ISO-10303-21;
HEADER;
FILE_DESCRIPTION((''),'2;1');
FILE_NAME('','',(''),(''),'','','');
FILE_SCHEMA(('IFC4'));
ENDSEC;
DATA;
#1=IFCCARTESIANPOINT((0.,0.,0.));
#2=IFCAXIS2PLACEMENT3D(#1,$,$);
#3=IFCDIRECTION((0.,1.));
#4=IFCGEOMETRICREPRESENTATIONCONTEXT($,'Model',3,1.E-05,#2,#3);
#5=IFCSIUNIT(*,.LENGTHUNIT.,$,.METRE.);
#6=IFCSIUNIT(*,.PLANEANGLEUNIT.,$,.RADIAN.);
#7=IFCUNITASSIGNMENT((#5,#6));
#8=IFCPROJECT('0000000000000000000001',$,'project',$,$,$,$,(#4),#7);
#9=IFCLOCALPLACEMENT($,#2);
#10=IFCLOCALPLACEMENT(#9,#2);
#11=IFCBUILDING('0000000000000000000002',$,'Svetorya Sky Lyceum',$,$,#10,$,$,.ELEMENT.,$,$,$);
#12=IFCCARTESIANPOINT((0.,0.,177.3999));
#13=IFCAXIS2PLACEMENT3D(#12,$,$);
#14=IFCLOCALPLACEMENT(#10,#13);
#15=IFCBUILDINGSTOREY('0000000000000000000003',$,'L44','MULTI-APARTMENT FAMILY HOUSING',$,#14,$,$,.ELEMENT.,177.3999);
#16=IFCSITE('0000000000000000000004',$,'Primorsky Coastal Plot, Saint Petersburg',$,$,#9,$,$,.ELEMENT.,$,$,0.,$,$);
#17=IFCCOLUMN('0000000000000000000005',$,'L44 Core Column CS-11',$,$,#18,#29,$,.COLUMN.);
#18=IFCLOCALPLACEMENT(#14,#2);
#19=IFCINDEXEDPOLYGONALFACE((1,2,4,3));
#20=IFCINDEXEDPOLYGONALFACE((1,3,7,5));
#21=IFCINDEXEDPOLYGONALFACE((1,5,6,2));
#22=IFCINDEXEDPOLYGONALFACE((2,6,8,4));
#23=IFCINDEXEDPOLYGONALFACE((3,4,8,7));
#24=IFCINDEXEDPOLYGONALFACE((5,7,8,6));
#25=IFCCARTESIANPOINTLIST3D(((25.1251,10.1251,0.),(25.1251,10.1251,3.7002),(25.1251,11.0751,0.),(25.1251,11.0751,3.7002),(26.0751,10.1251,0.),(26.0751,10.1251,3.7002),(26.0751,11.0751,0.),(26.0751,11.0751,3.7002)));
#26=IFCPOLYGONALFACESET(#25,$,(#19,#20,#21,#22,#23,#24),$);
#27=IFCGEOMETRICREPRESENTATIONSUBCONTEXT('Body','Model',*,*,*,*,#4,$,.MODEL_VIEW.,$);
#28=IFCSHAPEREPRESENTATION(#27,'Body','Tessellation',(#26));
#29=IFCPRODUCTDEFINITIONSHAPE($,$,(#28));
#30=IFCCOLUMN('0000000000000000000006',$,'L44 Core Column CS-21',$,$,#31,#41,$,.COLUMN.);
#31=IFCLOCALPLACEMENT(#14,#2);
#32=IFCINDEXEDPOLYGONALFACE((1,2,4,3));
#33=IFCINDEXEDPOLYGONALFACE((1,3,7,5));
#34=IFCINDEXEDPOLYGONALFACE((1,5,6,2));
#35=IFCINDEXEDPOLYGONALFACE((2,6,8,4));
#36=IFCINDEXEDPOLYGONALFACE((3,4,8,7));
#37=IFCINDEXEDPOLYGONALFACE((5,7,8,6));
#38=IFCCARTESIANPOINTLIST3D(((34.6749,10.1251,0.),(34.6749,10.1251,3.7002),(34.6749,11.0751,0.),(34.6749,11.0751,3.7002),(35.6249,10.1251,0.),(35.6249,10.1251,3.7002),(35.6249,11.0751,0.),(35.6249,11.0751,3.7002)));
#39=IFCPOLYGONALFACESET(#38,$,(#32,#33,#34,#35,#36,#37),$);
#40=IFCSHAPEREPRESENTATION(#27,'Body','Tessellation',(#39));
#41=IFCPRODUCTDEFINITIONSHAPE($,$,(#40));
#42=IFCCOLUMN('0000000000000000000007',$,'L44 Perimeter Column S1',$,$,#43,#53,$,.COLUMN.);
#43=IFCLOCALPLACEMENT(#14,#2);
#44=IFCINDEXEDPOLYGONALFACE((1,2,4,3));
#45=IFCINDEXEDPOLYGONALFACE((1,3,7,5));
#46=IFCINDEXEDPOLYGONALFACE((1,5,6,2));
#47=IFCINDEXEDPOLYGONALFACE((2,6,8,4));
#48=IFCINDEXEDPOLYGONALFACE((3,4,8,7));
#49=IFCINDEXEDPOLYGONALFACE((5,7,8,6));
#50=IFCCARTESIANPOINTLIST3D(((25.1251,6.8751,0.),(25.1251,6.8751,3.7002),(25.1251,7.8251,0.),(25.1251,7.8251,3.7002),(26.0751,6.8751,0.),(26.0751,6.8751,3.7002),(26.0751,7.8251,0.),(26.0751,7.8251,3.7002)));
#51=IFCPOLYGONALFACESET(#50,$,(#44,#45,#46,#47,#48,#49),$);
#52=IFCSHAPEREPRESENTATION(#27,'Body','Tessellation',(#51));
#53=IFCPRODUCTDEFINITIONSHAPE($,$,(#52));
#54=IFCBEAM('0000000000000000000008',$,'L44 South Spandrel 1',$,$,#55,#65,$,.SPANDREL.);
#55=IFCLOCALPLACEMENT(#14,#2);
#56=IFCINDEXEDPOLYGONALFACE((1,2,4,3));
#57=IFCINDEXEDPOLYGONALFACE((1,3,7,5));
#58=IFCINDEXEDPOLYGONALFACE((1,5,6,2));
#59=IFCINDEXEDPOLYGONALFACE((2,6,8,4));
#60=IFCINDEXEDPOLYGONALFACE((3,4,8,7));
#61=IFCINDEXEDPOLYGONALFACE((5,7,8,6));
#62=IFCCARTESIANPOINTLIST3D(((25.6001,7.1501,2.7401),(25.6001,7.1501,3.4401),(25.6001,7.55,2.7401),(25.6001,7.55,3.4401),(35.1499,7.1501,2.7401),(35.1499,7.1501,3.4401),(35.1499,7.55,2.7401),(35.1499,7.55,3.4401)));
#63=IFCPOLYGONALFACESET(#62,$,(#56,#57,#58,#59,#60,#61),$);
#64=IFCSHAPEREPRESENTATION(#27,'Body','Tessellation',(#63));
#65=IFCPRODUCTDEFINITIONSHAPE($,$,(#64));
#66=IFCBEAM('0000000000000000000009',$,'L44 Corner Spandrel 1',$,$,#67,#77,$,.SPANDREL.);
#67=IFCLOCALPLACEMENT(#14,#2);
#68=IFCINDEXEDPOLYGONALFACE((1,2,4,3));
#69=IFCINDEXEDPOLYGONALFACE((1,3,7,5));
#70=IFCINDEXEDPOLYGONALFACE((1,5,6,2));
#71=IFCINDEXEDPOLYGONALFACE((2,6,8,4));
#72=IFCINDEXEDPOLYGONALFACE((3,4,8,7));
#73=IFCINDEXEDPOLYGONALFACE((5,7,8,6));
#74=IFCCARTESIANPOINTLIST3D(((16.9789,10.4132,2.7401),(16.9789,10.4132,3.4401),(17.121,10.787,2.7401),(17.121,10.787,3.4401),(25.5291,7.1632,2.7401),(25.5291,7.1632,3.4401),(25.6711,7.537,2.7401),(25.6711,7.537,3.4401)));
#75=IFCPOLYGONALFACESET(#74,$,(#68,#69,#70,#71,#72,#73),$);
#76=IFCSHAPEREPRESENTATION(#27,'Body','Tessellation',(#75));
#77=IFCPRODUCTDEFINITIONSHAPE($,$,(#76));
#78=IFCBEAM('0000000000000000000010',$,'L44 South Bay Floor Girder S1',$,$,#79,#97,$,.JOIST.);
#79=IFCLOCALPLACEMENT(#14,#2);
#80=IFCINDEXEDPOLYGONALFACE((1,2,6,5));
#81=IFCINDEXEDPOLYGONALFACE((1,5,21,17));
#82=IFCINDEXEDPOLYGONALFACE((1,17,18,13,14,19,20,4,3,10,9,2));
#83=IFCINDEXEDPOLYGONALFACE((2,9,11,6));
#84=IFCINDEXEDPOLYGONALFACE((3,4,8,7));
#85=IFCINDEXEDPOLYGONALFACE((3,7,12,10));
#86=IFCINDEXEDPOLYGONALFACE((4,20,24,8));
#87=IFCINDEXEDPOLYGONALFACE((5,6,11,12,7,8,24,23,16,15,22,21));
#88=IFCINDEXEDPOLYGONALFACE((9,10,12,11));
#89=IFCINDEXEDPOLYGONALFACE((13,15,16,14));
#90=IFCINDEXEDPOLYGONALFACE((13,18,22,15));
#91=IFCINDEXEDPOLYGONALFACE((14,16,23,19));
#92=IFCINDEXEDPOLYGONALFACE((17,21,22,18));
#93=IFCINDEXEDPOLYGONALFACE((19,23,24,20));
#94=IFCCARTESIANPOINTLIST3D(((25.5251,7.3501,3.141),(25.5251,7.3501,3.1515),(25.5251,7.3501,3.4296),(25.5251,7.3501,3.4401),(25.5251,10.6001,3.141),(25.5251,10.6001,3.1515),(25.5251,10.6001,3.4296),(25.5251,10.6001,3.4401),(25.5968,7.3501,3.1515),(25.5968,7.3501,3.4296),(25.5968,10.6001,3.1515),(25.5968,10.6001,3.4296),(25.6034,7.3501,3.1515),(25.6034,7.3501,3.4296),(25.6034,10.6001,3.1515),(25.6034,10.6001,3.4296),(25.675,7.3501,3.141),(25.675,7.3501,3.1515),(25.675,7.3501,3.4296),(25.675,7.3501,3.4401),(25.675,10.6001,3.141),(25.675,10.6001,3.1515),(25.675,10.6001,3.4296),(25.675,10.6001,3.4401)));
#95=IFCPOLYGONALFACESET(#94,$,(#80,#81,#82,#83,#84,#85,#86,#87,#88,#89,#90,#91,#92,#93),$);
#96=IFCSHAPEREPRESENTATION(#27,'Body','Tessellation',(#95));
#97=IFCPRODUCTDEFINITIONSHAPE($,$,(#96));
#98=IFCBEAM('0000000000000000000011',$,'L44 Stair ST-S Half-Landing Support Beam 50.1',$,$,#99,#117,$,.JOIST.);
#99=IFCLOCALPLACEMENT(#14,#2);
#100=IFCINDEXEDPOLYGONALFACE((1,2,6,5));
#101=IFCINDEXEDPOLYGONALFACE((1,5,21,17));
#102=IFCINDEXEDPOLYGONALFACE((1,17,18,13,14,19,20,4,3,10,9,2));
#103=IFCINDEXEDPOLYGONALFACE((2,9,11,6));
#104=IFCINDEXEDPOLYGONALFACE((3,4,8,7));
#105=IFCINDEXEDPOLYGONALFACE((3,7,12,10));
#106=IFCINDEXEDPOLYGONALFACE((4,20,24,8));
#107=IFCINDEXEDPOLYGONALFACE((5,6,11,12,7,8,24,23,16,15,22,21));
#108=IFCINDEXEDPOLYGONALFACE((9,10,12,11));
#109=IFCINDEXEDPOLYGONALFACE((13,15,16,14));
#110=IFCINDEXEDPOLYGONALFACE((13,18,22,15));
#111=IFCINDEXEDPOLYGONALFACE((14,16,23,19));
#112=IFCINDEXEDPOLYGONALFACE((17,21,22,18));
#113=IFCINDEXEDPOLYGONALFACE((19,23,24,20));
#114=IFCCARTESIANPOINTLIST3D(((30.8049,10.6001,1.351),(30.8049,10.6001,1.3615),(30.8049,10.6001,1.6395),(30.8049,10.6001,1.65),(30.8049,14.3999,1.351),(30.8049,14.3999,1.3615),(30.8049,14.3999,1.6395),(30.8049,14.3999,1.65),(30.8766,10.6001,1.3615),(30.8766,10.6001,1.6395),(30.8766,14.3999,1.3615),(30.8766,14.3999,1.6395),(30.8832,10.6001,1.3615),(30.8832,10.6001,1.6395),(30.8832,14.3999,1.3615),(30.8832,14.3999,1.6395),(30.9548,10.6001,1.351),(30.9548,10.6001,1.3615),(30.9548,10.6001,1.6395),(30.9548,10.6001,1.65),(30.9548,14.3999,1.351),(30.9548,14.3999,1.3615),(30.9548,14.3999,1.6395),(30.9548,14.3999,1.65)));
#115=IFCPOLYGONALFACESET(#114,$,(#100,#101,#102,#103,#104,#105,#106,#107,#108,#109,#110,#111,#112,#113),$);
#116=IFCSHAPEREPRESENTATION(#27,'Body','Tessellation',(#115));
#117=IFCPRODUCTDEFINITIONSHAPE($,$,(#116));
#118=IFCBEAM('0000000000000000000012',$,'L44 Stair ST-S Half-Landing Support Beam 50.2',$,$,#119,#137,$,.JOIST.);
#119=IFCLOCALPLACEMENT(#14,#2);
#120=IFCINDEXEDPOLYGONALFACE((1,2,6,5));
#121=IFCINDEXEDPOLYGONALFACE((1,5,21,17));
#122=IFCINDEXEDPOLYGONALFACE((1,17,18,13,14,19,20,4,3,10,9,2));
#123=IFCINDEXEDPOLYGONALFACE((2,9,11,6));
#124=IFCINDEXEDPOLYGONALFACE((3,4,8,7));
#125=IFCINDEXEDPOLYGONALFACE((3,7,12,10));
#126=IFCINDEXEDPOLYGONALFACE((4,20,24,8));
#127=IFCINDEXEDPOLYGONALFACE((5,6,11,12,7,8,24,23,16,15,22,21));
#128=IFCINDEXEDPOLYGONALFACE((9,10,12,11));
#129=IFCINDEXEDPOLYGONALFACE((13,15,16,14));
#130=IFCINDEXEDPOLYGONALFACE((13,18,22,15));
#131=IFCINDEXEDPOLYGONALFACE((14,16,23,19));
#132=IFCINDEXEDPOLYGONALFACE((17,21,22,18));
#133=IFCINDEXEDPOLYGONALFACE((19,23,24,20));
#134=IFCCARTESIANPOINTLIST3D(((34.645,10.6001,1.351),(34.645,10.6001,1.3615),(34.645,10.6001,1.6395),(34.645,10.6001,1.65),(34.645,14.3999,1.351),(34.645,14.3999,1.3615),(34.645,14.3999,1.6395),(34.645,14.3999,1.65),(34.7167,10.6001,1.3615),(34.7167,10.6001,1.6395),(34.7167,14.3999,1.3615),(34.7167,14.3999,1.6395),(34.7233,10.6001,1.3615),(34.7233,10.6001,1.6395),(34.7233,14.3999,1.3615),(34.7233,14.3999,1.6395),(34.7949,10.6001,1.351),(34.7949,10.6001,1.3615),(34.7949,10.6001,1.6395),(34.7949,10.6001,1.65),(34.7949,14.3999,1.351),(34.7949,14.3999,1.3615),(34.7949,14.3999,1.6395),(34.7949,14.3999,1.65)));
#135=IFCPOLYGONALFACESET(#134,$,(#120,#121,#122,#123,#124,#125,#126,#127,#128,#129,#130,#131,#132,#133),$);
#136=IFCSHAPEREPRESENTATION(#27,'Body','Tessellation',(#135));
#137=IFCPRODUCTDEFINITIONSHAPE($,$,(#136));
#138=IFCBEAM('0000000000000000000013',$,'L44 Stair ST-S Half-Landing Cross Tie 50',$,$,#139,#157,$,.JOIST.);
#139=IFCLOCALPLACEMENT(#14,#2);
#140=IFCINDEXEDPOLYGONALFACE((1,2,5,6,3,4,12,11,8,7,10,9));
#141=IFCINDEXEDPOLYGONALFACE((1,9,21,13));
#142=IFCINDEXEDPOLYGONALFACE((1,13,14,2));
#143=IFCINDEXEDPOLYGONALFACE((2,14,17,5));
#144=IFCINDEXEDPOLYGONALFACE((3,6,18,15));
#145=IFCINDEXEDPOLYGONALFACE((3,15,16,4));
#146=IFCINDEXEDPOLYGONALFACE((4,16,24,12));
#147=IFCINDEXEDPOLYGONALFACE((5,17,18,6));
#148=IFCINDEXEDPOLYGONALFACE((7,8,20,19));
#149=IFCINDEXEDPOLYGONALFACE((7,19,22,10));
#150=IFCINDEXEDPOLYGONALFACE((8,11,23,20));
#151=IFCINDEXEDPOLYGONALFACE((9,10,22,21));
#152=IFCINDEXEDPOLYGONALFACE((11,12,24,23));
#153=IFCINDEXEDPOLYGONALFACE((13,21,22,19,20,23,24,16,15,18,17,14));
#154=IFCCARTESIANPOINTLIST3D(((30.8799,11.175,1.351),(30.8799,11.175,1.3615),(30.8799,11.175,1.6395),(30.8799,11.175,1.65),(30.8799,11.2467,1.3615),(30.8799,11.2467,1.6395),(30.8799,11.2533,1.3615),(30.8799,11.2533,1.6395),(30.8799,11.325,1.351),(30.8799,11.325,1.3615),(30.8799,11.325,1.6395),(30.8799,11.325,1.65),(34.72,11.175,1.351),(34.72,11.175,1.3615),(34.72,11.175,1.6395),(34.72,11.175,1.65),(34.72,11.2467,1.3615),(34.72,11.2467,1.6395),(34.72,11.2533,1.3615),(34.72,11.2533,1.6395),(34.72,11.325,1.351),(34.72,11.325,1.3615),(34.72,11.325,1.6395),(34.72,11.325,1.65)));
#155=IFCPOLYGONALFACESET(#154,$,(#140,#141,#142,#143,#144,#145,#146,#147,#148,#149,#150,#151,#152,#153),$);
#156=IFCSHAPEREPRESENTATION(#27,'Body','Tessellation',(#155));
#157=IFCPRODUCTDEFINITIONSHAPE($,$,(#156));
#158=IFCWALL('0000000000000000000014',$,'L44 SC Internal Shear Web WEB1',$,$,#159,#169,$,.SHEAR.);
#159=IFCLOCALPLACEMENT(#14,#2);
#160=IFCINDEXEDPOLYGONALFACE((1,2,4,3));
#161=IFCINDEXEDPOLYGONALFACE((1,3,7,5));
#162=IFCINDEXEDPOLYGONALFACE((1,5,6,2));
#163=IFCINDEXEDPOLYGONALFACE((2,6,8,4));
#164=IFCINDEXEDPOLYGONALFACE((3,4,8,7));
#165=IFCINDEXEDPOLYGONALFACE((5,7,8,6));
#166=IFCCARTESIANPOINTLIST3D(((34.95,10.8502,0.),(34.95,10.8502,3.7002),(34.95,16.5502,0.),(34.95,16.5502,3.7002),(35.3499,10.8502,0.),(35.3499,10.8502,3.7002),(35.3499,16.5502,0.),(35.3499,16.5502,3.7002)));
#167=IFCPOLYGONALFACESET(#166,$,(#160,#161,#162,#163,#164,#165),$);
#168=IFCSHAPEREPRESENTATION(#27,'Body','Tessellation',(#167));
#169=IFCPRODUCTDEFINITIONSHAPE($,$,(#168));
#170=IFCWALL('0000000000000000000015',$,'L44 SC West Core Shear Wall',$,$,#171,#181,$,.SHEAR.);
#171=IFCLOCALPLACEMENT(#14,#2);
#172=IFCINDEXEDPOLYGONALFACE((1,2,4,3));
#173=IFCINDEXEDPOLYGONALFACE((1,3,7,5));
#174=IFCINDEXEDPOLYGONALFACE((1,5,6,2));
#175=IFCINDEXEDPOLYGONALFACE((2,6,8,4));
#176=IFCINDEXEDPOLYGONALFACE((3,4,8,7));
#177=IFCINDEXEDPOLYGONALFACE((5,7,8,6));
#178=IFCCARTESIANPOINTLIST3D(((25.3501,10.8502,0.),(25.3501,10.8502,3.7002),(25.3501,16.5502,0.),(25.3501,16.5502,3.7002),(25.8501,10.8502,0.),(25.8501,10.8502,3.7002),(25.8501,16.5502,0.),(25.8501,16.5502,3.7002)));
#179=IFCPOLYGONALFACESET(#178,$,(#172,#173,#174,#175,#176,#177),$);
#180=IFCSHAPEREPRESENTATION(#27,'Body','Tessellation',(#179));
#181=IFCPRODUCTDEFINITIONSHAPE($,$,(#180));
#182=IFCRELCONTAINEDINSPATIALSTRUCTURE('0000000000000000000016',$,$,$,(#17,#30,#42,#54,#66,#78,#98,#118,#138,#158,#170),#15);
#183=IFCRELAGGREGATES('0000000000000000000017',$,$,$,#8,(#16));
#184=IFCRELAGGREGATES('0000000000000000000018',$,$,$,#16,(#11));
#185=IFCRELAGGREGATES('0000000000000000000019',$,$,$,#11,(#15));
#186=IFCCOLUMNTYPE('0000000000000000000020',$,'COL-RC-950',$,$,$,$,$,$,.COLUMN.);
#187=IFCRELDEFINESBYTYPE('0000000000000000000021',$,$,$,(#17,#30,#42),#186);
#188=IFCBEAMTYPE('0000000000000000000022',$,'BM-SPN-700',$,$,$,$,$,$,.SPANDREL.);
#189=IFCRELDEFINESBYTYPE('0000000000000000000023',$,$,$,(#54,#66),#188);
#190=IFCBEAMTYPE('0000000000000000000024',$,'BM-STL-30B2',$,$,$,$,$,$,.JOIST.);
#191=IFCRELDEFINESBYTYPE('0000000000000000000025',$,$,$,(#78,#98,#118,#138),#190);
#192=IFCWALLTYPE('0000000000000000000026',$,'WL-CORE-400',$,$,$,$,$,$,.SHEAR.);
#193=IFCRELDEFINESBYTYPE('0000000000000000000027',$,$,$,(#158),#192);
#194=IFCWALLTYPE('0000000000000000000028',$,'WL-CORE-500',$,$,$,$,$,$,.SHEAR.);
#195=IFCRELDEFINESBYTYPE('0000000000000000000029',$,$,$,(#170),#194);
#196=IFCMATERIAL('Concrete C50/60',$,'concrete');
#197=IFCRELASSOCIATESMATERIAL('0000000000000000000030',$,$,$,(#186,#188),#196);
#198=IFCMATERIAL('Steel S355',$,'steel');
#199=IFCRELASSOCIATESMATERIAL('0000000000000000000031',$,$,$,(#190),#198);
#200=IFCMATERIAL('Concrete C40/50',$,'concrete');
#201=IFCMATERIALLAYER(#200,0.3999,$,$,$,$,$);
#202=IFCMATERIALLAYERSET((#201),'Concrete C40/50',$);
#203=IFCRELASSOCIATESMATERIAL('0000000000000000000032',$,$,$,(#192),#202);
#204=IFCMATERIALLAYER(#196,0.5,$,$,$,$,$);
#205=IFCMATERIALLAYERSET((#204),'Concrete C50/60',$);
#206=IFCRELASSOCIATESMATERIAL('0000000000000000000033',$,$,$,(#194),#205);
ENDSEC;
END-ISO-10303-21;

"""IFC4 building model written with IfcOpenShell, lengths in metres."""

from ifc_helpers import new_model, si_unit, direction, frame, frame_2d, origin, origin_2d, place, context, subcontext, project, spatial, rectangle, i_section, extrude, material, layer, layer_set, material_profile, profile_set, type_object, element, save


model = new_model("IFC4")

# Units and contexts
model_context = context("Model", 3, precision=1e-05, world=origin(), true_north=direction((0.0, 1.0)))
body_context = subcontext(model_context, "Body", "Model", "MODEL_VIEW")
ifc_project = project(units=[si_unit("LENGTHUNIT", "METRE"), si_unit("PLANEANGLEUNIT", "RADIAN")], contexts=[model_context])

# Site, building, storey
site_placement = place(None, origin())
site = spatial("IfcSite", under=ifc_project, at=site_placement, Name="Primorsky Coastal Plot, Saint Petersburg", CompositionType="ELEMENT", RefElevation=0.0)
building_placement = place(site_placement, origin())
building = spatial("IfcBuilding", under=site, at=building_placement, Name="Svetorya Sky Lyceum", CompositionType="ELEMENT")
storey_placement = place(building_placement, frame((0.0, 0.0, 177.3999)))
storey = spatial("IfcBuildingStorey", under=building, at=storey_placement, Name="L44", Description="MULTI-APARTMENT FAMILY HOUSING", CompositionType="ELEMENT", Elevation=177.3999)

# Columns
ifc_material_1 = material(Name="Concrete C50/60", Category="concrete")
ifc_material_profile_1 = material_profile(ifc_material_1, rectangle(XDim=0.95, YDim=0.95, at=origin_2d()), Name="RC COL 950x950")
ifc_profile_set_1 = profile_set([ifc_material_profile_1], Name="Concrete C50/60")
column_type = type_object("IfcColumnType", Name="COL-RC-950", PredefinedType="COLUMN", material=ifc_profile_set_1)
for number, where, z_axis, x_axis, name in (
    (1, (25.6001, 10.6001, 0.0), (0.0, 0.0, 1.0), (1.0, 0.0, 0.0), "L44 Core Column CS-11"),
    (2, (35.1499, 10.6001, 0.0), (0.0, 0.0, 1.0), (1.0, 0.0, 0.0), "L44 Core Column CS-21"),
    (3, (25.6001, 7.3501, 0.0), (0.0, 0.0, 1.0), (1.0, 0.0, 0.0), "L44 Perimeter Column S1"),
):
    element("IfcColumn", number, at=place(storey_placement, frame(where, z_axis=z_axis, x_axis=x_axis)), inside=storey, type_object=column_type, Name=name, PredefinedType="COLUMN", context=body_context, shape_type="SweptSolid", body=[
        extrude(rectangle(XDim=0.95, YDim=0.95, at=origin_2d()), origin(), (0.0, 0.0, 1.0), 3.7002),
    ])

# Beams
ifc_material_profile_2 = material_profile(ifc_material_1, rectangle(XDim=0.3999, YDim=0.7, at=origin_2d()), Name="RC SPANDREL 400x700")
ifc_profile_set_2 = profile_set([ifc_material_profile_2], Name="Concrete C50/60")
beam_type_1 = type_object("IfcBeamType", Name="BM-SPN-700", PredefinedType="SPANDREL", material=ifc_profile_set_2)
beam_1_placement = place(storey_placement, frame((25.6001, 7.3501, 3.0901), z_axis=(1.0, 0.0, 0.0), x_axis=(0.0, 1.0, 0.0)))
element("IfcBeam", 4, at=beam_1_placement, inside=storey, type_object=beam_type_1, Name="L44 South Spandrel 1", PredefinedType="SPANDREL", context=body_context, shape_type="SweptSolid", body=[
    extrude(rectangle(XDim=0.3999, YDim=0.7, at=origin_2d()), origin(), (0.0, 0.0, 1.0), 9.5498),
])
beam_2_placement = place(storey_placement, frame((25.6001, 7.3501, 3.0901), z_axis=(-0.934748, 0.355312, 0.0), x_axis=(-0.355312, -0.934748, 0.0)))
element("IfcBeam", 5, at=beam_2_placement, inside=storey, type_object=beam_type_1, Name="L44 Corner Spandrel 1", PredefinedType="SPANDREL", context=body_context, shape_type="SweptSolid", body=[
    extrude(rectangle(XDim=0.3999, YDim=0.7, at=origin_2d()), origin(), (0.0, 0.0, 1.0), 9.147),
])
ifc_material_2 = material(Name="Steel S355", Category="steel")
ifc_material_profile_3 = material_profile(ifc_material_2, i_section(OverallWidth=0.1499, OverallDepth=0.2991, WebThickness=0.0066, FlangeThickness=0.0105, at=origin_2d()), Name="GOST 30B2")
ifc_profile_set_3 = profile_set([ifc_material_profile_3], Name="Steel S355")
beam_type_2 = type_object("IfcBeamType", Name="BM-STL-30B2", PredefinedType="JOIST", material=ifc_profile_set_3)
beam_3_placement = place(storey_placement, frame((25.6001, 7.3501, 3.2905), z_axis=(0.0, 1.0, 0.0), x_axis=(-1.0, 0.0, 0.0)))
element("IfcBeam", 6, at=beam_3_placement, inside=storey, type_object=beam_type_2, Name="L44 South Bay Floor Girder S1", PredefinedType="JOIST", context=body_context, shape_type="SweptSolid", body=[
    extrude(i_section(OverallWidth=0.1499, OverallDepth=0.2991, WebThickness=0.0066, FlangeThickness=0.0105, at=origin_2d()), origin(), (0.0, 0.0, 1.0), 3.25),
])
for number, where, z_axis, x_axis, name in (
    (7, (30.8799, 10.6001, 1.5005), (0.0, 1.0, 0.0), (-1.0, 0.0, 0.0), "L44 Stair ST-S Half-Landing Support Beam 50.1"),
    (8, (34.72, 10.6001, 1.5005), (0.0, 1.0, 0.0), (-1.0, 0.0, 0.0), "L44 Stair ST-S Half-Landing Support Beam 50.2"),
):
    element("IfcBeam", number, at=place(storey_placement, frame(where, z_axis=z_axis, x_axis=x_axis)), inside=storey, type_object=beam_type_2, Name=name, PredefinedType="JOIST", context=body_context, shape_type="SweptSolid", body=[
        extrude(i_section(OverallWidth=0.1499, OverallDepth=0.2991, WebThickness=0.0066, FlangeThickness=0.0105, at=origin_2d()), origin(), (0.0, 0.0, 1.0), 3.7998),
    ])
beam_4_placement = place(storey_placement, frame((30.8799, 11.25, 1.5005), z_axis=(1.0, 0.0, 0.0), x_axis=(0.0, 1.0, 0.0)))
element("IfcBeam", 9, at=beam_4_placement, inside=storey, type_object=beam_type_2, Name="L44 Stair ST-S Half-Landing Cross Tie 50", PredefinedType="JOIST", context=body_context, shape_type="SweptSolid", body=[
    extrude(i_section(OverallWidth=0.1499, OverallDepth=0.2991, WebThickness=0.0066, FlangeThickness=0.0105, at=origin_2d()), origin(), (0.0, 0.0, 1.0), 3.8401),
])

# Walls
ifc_material_3 = material(Name="Concrete C40/50", Category="concrete")
ifc_layer_1 = layer(ifc_material_3, 0.3999)
ifc_layer_set_1 = layer_set([ifc_layer_1], Name="Concrete C40/50")
wall_type_1 = type_object("IfcWallType", Name="WL-CORE-400", PredefinedType="SHEAR", material=ifc_layer_set_1)
wall_1_placement = place(storey_placement, frame((35.1499, 10.8501, 0.0), z_axis=(0.0, 0.0, 1.0), x_axis=(0.0, 1.0, 0.0)))
element("IfcWall", 10, at=wall_1_placement, inside=storey, type_object=wall_type_1, Name="L44 SC Internal Shear Web WEB1", PredefinedType="SHEAR", context=body_context, shape_type="SweptSolid", body=[
    extrude(rectangle(XDim=5.7, YDim=0.3999, at=frame_2d((2.8501, 0.0))), origin(), (0.0, 0.0, 1.0), 3.7002),
])
ifc_layer_2 = layer(ifc_material_1, 0.5)
ifc_layer_set_2 = layer_set([ifc_layer_2], Name="Concrete C50/60")
wall_type_2 = type_object("IfcWallType", Name="WL-CORE-500", PredefinedType="SHEAR", material=ifc_layer_set_2)
wall_2_placement = place(storey_placement, frame((25.6001, 10.8501, 0.0), z_axis=(0.0, 0.0, 1.0), x_axis=(0.0, 1.0, 0.0)))
element("IfcWall", 11, at=wall_2_placement, inside=storey, type_object=wall_type_2, Name="L44 SC West Core Shear Wall", PredefinedType="SHEAR", context=body_context, shape_type="SweptSolid", body=[
    extrude(rectangle(XDim=5.7, YDim=0.5, at=frame_2d((2.8501, 0.0))), origin(), (0.0, 0.0, 1.0), 3.7002),
])

save(model, "model.ifc")
